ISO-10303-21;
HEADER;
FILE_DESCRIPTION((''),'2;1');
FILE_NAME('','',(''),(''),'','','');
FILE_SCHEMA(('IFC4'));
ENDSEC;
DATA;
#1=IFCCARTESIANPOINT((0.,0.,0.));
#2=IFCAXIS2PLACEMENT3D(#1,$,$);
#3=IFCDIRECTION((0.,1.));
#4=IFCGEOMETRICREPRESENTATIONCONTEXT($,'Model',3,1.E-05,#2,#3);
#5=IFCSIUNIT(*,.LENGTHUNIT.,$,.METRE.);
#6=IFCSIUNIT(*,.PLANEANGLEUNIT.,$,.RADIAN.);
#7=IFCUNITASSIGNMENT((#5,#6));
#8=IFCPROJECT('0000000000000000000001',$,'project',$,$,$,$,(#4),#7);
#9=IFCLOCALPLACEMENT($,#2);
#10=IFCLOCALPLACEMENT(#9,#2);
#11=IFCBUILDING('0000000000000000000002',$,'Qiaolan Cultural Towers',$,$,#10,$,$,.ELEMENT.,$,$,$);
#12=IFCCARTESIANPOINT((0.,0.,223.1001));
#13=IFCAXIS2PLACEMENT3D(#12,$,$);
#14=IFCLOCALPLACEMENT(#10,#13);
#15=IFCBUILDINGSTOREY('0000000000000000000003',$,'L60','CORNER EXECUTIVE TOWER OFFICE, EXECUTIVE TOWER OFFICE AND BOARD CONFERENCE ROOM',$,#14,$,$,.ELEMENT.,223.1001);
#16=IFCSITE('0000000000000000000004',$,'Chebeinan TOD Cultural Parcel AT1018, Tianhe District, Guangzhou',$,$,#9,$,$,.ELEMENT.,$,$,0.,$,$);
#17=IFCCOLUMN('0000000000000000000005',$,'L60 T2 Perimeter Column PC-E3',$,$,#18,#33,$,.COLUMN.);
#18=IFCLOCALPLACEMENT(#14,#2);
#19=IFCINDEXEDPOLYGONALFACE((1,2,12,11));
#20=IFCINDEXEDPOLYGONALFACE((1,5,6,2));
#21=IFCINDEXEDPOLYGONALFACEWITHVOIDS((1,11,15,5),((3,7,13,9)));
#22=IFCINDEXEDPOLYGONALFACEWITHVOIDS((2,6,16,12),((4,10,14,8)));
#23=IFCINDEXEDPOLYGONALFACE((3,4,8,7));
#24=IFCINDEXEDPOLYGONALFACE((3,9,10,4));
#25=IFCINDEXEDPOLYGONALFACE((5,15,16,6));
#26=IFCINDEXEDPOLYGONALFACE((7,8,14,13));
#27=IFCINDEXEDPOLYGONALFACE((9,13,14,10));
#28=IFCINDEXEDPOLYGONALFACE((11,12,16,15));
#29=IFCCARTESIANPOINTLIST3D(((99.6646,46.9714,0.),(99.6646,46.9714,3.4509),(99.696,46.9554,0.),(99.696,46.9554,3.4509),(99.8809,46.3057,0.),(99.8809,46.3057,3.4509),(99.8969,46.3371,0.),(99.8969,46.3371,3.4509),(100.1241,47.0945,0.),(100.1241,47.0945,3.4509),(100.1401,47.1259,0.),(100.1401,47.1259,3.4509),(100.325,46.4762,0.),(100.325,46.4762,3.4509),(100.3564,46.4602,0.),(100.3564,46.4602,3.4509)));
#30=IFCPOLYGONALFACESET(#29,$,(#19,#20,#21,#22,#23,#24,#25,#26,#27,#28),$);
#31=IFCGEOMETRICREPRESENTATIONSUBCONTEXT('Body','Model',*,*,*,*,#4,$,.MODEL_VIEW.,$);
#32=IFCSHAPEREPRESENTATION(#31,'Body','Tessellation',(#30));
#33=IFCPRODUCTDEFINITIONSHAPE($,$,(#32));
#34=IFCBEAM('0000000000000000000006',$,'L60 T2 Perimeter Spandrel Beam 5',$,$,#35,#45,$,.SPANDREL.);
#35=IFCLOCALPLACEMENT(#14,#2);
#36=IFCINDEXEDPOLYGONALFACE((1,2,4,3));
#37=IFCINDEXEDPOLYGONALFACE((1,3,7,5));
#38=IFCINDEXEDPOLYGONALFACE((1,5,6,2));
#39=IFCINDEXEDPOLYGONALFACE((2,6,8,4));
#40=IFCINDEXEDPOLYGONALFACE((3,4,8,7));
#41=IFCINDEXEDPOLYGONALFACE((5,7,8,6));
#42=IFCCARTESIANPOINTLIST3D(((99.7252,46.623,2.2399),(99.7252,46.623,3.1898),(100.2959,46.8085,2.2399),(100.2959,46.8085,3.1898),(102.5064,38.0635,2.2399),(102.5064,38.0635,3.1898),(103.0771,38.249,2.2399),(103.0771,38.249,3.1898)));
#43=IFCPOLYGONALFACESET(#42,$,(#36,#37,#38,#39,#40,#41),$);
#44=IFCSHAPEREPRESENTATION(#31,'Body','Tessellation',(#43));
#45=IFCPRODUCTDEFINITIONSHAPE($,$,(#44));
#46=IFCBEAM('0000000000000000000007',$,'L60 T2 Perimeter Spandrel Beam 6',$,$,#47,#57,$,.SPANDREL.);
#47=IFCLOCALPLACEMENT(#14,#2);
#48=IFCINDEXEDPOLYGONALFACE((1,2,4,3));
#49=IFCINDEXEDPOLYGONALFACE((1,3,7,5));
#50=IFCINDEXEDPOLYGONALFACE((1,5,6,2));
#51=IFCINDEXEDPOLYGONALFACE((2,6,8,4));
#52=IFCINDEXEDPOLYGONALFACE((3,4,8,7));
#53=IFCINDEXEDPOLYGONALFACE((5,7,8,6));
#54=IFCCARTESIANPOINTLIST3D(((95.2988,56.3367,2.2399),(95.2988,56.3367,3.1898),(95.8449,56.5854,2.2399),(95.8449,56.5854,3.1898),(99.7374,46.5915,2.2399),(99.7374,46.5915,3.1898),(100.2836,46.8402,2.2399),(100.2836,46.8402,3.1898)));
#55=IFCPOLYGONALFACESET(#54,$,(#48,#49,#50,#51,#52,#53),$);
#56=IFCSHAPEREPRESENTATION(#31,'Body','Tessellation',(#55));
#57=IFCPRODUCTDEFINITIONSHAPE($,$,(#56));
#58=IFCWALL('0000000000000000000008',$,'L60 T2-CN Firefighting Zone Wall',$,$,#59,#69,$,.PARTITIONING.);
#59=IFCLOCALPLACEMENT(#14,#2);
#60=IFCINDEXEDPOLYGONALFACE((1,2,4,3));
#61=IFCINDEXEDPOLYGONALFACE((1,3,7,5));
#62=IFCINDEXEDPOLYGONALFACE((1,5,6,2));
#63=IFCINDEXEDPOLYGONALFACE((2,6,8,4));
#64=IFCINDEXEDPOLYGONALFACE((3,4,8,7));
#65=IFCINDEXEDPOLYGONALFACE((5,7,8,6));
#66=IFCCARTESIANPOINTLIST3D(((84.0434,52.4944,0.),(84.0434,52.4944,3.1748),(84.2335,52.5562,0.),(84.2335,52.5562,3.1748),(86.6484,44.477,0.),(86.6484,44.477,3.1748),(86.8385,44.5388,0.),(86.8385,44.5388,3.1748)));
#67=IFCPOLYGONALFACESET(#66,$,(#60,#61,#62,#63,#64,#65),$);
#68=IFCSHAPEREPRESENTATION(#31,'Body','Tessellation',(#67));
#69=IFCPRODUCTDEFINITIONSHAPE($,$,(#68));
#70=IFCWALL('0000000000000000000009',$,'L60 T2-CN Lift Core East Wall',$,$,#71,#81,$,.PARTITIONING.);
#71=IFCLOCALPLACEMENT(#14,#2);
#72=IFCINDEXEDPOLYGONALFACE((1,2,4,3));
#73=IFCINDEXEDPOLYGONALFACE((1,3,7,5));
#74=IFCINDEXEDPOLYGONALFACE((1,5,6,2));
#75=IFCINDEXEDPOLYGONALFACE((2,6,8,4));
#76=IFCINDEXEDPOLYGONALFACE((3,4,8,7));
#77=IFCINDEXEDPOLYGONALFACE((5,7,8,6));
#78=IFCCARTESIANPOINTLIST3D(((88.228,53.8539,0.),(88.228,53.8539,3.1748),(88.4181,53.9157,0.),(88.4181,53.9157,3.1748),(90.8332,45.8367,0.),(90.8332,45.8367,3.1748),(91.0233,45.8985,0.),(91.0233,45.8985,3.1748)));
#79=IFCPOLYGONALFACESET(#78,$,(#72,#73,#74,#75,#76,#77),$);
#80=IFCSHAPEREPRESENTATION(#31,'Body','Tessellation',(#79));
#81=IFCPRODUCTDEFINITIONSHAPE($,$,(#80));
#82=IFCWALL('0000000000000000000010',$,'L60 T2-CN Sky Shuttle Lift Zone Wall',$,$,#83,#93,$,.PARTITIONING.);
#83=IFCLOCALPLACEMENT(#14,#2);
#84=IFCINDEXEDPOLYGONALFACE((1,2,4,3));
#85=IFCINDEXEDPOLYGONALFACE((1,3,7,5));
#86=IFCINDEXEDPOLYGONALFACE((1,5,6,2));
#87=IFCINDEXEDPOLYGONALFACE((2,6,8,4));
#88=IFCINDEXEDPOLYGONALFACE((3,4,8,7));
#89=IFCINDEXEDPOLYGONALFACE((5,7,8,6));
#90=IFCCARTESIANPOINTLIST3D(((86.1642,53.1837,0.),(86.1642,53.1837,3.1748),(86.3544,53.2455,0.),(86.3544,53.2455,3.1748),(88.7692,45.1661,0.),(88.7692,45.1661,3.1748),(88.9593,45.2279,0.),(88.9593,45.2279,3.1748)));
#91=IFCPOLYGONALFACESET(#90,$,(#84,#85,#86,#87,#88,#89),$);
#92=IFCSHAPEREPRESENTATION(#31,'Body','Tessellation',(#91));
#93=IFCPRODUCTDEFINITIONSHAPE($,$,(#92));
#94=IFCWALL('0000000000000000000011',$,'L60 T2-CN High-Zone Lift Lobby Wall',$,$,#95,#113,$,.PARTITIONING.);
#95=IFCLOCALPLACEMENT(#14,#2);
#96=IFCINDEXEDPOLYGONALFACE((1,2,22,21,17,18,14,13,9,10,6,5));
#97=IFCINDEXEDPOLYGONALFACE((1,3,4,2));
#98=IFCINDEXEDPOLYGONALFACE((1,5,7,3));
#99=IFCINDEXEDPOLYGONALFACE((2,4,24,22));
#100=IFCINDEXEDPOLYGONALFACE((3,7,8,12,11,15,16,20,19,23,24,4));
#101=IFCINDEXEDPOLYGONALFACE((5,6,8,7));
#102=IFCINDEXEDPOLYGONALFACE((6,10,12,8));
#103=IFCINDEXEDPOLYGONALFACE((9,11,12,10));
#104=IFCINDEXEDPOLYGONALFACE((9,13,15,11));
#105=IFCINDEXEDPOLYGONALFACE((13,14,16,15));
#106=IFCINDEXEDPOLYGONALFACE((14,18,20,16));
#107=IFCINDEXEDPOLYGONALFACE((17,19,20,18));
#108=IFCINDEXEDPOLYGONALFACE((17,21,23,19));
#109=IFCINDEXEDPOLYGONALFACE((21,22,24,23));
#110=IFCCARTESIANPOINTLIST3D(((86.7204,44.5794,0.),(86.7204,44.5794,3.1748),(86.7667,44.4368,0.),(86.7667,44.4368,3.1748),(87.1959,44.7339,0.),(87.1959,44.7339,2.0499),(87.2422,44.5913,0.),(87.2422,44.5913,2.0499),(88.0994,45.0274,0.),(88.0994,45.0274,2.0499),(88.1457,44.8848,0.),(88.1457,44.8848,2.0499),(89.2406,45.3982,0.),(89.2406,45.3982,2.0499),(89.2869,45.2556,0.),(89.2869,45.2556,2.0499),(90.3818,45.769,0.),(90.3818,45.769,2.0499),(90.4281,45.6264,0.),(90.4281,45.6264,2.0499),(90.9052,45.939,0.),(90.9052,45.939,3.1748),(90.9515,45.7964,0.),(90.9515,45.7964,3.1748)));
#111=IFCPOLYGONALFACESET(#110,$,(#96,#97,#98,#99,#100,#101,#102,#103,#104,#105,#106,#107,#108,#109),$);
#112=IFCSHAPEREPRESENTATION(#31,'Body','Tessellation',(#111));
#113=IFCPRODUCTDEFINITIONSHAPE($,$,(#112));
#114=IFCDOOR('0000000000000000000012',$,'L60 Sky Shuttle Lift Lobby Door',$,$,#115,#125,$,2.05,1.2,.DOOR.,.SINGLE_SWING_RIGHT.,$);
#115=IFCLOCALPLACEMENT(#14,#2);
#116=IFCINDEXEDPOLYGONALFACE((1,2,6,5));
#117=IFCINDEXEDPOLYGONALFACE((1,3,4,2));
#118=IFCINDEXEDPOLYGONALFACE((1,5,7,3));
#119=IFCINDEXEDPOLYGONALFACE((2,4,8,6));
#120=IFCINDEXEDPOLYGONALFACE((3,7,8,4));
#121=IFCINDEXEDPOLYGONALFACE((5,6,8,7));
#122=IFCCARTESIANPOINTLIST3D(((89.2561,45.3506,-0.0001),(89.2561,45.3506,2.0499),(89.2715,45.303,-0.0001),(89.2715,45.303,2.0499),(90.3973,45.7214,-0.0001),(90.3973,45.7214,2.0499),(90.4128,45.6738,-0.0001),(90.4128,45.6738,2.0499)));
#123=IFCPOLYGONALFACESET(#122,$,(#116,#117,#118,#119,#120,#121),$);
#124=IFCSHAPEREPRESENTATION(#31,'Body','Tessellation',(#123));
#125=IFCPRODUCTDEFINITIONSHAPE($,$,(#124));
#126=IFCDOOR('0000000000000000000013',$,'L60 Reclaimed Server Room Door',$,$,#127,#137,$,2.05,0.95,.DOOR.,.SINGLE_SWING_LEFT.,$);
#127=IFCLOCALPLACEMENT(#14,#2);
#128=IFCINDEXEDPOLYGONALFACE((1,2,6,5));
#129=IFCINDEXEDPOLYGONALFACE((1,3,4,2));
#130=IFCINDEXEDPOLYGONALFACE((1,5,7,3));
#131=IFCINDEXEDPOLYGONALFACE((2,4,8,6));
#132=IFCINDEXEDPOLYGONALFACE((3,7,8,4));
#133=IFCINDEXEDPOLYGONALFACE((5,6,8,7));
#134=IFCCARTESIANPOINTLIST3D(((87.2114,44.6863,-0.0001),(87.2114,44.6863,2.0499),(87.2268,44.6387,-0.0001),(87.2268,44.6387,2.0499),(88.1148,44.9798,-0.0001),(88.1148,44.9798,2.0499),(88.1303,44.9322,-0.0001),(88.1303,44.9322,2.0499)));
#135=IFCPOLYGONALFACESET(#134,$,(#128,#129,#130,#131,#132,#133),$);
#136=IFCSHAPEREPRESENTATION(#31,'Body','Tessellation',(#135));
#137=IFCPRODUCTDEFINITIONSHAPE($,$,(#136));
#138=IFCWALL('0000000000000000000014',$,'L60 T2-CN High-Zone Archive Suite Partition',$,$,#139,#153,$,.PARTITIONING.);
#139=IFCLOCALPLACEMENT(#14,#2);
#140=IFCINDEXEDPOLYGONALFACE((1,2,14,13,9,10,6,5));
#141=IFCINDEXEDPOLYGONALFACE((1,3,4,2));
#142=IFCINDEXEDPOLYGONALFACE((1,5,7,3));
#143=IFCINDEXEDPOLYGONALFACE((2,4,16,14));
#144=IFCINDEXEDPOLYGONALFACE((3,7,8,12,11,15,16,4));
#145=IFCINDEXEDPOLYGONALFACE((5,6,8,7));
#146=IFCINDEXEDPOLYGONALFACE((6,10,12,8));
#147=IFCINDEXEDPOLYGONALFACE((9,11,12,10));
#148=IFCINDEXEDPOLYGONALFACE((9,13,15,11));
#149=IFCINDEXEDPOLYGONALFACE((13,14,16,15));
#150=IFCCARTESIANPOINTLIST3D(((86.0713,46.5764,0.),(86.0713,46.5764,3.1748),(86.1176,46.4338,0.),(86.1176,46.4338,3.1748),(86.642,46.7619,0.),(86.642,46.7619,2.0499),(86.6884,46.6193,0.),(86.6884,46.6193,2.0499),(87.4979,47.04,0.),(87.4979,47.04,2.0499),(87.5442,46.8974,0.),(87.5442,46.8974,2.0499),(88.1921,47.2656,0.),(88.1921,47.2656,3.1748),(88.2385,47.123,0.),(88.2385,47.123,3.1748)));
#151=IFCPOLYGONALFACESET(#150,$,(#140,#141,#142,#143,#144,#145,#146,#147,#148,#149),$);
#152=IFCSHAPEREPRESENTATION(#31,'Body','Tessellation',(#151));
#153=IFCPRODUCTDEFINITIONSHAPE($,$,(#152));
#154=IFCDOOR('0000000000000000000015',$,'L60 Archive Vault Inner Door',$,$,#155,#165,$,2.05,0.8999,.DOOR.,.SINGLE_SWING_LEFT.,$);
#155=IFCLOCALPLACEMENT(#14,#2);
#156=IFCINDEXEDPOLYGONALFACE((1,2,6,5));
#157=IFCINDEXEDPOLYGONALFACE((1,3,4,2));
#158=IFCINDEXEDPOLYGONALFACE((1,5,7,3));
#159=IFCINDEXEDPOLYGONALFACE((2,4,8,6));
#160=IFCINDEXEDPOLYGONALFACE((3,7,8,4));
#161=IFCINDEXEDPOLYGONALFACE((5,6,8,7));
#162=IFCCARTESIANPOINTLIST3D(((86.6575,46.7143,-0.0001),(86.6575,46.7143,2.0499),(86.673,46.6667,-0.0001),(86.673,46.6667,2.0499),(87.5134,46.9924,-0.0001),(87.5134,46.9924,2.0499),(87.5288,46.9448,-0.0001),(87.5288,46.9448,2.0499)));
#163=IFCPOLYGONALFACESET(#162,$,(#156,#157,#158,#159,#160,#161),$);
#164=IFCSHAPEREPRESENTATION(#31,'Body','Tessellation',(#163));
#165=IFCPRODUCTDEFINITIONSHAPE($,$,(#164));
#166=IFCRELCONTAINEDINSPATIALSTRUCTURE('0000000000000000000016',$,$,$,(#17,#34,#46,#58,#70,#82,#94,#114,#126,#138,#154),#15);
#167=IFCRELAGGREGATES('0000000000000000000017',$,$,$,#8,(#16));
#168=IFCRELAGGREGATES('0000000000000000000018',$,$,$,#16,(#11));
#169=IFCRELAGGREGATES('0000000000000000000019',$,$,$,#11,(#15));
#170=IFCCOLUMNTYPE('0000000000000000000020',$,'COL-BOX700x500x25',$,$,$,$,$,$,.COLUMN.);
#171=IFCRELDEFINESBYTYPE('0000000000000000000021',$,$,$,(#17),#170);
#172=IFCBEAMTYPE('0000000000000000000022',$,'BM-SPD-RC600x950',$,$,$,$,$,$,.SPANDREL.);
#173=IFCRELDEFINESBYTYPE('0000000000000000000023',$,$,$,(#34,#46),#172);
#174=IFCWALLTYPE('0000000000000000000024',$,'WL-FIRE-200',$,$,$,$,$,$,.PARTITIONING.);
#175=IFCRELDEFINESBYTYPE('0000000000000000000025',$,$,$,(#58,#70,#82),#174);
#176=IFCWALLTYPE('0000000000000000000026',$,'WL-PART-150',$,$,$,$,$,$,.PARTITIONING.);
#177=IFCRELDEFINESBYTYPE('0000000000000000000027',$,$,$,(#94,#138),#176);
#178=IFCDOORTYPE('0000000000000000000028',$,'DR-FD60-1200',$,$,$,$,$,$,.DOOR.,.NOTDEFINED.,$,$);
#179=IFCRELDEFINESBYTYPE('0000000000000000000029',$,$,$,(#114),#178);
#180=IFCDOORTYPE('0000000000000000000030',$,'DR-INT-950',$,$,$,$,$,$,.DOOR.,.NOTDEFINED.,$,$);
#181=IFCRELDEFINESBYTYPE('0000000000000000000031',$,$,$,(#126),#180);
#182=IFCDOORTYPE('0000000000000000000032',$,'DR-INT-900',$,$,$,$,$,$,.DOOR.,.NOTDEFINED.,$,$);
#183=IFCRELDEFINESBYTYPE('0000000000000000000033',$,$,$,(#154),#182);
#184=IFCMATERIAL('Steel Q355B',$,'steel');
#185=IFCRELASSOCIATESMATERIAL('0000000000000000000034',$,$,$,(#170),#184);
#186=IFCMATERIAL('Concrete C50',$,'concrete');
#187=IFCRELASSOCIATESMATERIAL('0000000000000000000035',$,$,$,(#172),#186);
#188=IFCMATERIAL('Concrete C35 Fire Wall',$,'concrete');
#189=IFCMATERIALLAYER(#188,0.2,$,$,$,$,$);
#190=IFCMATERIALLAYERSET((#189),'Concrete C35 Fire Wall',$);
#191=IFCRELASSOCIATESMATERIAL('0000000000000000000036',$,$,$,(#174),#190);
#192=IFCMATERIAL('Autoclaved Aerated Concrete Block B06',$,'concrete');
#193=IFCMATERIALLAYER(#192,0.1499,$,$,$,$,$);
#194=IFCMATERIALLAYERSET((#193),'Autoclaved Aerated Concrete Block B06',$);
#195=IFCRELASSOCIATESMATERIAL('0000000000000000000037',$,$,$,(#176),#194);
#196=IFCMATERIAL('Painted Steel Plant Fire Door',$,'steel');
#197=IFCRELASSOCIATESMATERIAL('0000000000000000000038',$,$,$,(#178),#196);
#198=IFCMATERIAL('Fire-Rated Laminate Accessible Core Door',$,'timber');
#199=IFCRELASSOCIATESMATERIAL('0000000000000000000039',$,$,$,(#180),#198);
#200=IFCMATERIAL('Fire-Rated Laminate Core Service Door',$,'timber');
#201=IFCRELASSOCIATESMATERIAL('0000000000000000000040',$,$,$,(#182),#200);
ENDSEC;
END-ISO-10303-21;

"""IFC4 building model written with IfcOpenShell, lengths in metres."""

from ifc_helpers import new_model, si_unit, direction, frame, frame_2d, origin, origin_2d, place, context, subcontext, project, spatial, rectangle, hollow_rectangle, extrude, material, layer, layer_set, material_profile, profile_set, type_object, element, fill, save


model = new_model("IFC4")

# Units and contexts
model_context = context("Model", 3, precision=1e-05, world=origin(), true_north=direction((0.0, 1.0)))
body_context = subcontext(model_context, "Body", "Model", "MODEL_VIEW")
ifc_project = project(units=[si_unit("LENGTHUNIT", "METRE"), si_unit("PLANEANGLEUNIT", "RADIAN")], contexts=[model_context])

# Site, building, storey
site_placement = place(None, origin())
site = spatial("IfcSite", under=ifc_project, at=site_placement, Name="Chebeinan TOD Cultural Parcel AT1018, Tianhe District, Guangzhou", CompositionType="ELEMENT", RefElevation=0.0)
building_placement = place(site_placement, origin())
building = spatial("IfcBuilding", under=site, at=building_placement, Name="Qiaolan Cultural Towers", CompositionType="ELEMENT")
storey_placement = place(building_placement, frame((0.0, 0.0, 223.1001)))
storey = spatial("IfcBuildingStorey", under=building, at=storey_placement, Name="L60", Description="CORNER EXECUTIVE TOWER OFFICE, EXECUTIVE TOWER OFFICE AND BOARD CONFERENCE ROOM", CompositionType="ELEMENT", Elevation=223.1001)

# Column
ifc_material_1 = material(Name="Steel Q355B", Category="steel")
ifc_material_profile_1 = material_profile(ifc_material_1, hollow_rectangle(XDim=0.5, YDim=0.7, WallThickness=0.0249, at=origin_2d()), Name="BOX700x500x25")
ifc_profile_set_1 = profile_set([ifc_material_profile_1], Name="Steel Q355B")
column_type = type_object("IfcColumnType", Name="COL-BOX700x500x25", PredefinedType="COLUMN", material=ifc_profile_set_1)
column_placement = place(storey_placement, frame((100.0105, 46.7158, 0.0), z_axis=(0.0, 0.0, 1.0), x_axis=(0.951057, 0.309017, 0.0)))
element("IfcColumn", 1, at=column_placement, inside=storey, type_object=column_type, Name="L60 T2 Perimeter Column PC-E3", PredefinedType="COLUMN", context=body_context, shape_type="SweptSolid", body=[
    extrude(hollow_rectangle(XDim=0.5, YDim=0.7, WallThickness=0.0249, at=origin_2d()), origin(), (0.0, 0.0, 1.0), 3.4509),
])

# Beams
ifc_material_2 = material(Name="Concrete C50", Category="concrete")
ifc_material_profile_2 = material_profile(ifc_material_2, rectangle(XDim=0.6001, YDim=0.95, at=origin_2d()), Name="RC600x950")
ifc_profile_set_2 = profile_set([ifc_material_profile_2], Name="Concrete C50")
beam_type = type_object("IfcBeamType", Name="BM-SPD-RC600x950", PredefinedType="SPANDREL", material=ifc_profile_set_2)
beam_1_placement = place(storey_placement, frame((102.7917, 38.1562, 2.7148), z_axis=(-0.309025, 0.951054, 0.0), x_axis=(-0.951054, -0.309025, 0.0)))
element("IfcBeam", 2, at=beam_1_placement, inside=storey, type_object=beam_type, Name="L60 T2 Perimeter Spandrel Beam 5", PredefinedType="SPANDREL", context=body_context, shape_type="SweptSolid", body=[
    extrude(rectangle(XDim=0.6001, YDim=0.95, at=origin_2d()), origin(), (0.0, 0.0, 1.0), 9.0),
])
beam_2_placement = place(storey_placement, frame((100.0105, 46.7158, 2.7148), z_axis=(-0.4145, 0.910049, 0.0), x_axis=(-0.910049, -0.4145, 0.0)))
element("IfcBeam", 3, at=beam_2_placement, inside=storey, type_object=beam_type, Name="L60 T2 Perimeter Spandrel Beam 6", PredefinedType="SPANDREL", context=body_context, shape_type="SweptSolid", body=[
    extrude(rectangle(XDim=0.6001, YDim=0.95, at=origin_2d()), origin(), (0.0, 0.0, 1.0), 10.7085),
])

# Walls
ifc_material_3 = material(Name="Concrete C35 Fire Wall", Category="concrete")
ifc_layer_1 = layer(ifc_material_3, 0.2)
ifc_layer_set_1 = layer_set([ifc_layer_1], Name="Concrete C35 Fire Wall")
wall_type_1 = type_object("IfcWallType", Name="WL-FIRE-200", PredefinedType="PARTITIONING", material=ifc_layer_set_1)
for number, where, z_axis, x_axis, name in (
    (4, (86.7434, 44.5081, 0.0), (0.0, 0.0, 1.0), (-0.309016, 0.951057, 0.0), "L60 T2-CN Firefighting Zone Wall"),
    (5, (90.9282, 45.8677, 0.0), (0.0, 0.0, 1.0), (-0.309042, 0.951048, 0.0), "L60 T2-CN Lift Core East Wall"),
):
    element("IfcWall", number, at=place(storey_placement, frame(where, z_axis=z_axis, x_axis=x_axis)), inside=storey, type_object=wall_type_1, Name=name, PredefinedType="PARTITIONING", context=body_context, shape_type="SweptSolid", body=[
        extrude(rectangle(XDim=8.4299, YDim=0.2, at=frame_2d((4.2148, 0.0))), origin(), (0.0, 0.0, 1.0), 3.1748),
    ])
wall_1_placement = place(storey_placement, frame((88.8643, 45.197, 0.0), z_axis=(0.0, 0.0, 1.0), x_axis=(-0.309007, 0.95106, 0.0)))
element("IfcWall", 6, at=wall_1_placement, inside=storey, type_object=wall_type_1, Name="L60 T2-CN Sky Shuttle Lift Zone Wall", PredefinedType="PARTITIONING", context=body_context, shape_type="SweptSolid", body=[
    extrude(rectangle(XDim=8.4302, YDim=0.2, at=frame_2d((4.2151, 0.0))), origin(), (0.0, 0.0, 1.0), 3.1748),
])

# Wall, openings, doors
ifc_material_4 = material(Name="Autoclaved Aerated Concrete Block B06", Category="concrete")
ifc_layer_2 = layer(ifc_material_4, 0.1499)
ifc_layer_set_2 = layer_set([ifc_layer_2], Name="Autoclaved Aerated Concrete Block B06")
wall_type_2 = type_object("IfcWallType", Name="WL-PART-150", PredefinedType="PARTITIONING", material=ifc_layer_set_2)
wall_2_placement = place(storey_placement, frame((86.7434, 44.5081, 0.0), z_axis=(0.0, 0.0, 1.0), x_axis=(0.951064, 0.308994, 0.0)))
wall_2 = element("IfcWall", 7, at=wall_2_placement, inside=storey, type_object=wall_type_2, Name="L60 T2-CN High-Zone Lift Lobby Wall", PredefinedType="PARTITIONING", context=body_context, shape_type="SweptSolid", body=[
    extrude(rectangle(XDim=4.4001, YDim=0.1499, at=frame_2d((2.2002, 0.0))), origin(), (0.0, 0.0, 1.0), 3.1748),
])
opening_1_placement = place(wall_2_placement, frame((0.5, 0.0, 0.0)))
opening_1 = element("IfcOpeningElement", 8, at=opening_1_placement, cuts=wall_2, PredefinedType="OPENING", context=body_context, shape_type="SweptSolid", body=[
    extrude(rectangle(XDim=0.95, YDim=2.05, at=frame_2d((0.4751, 1.0249))), frame((0.0, 0.085, 0.0), z_axis=(0.0, -1.0, 0.0), x_axis=(1.0, 0.0, 0.0)), (0.0, 0.0, 1.0), 0.1699),
])
opening_2_placement = place(wall_2_placement, frame((2.6499, 0.0, 0.0)))
opening_2 = element("IfcOpeningElement", 9, at=opening_2_placement, cuts=wall_2, PredefinedType="OPENING", context=body_context, shape_type="SweptSolid", body=[
    extrude(rectangle(XDim=1.2, YDim=2.05, at=frame_2d((0.6001, 1.0249))), frame((0.0, 0.085, 0.0), z_axis=(0.0, -1.0, 0.0), x_axis=(1.0, 0.0, 0.0)), (0.0, 0.0, 1.0), 0.1699),
])
ifc_material_5 = material(Name="Painted Steel Plant Fire Door", Category="steel")
door_type_1 = type_object("IfcDoorType", Name="DR-FD60-1200", OperationType="NOTDEFINED", PredefinedType="DOOR", material=ifc_material_5)
door_1_placement = place(opening_2_placement, origin())
door_1 = element("IfcDoor", 10, at=door_1_placement, inside=storey, type_object=door_type_1, Name="L60 Sky Shuttle Lift Lobby Door", OperationType="SINGLE_SWING_RIGHT", OverallHeight=2.05, OverallWidth=1.2, PredefinedType="DOOR", context=body_context, shape_type="SweptSolid", body=[
    extrude(rectangle(XDim=1.2, YDim=2.05, at=frame_2d((0.6001, 1.0249))), frame((0.0, 0.0249, 0.0), z_axis=(0.0, -1.0, 0.0), x_axis=(1.0, 0.0, 0.0)), (0.0, 0.0, 1.0), 0.05),
])
fill(opening_2, door_1)
ifc_material_6 = material(Name="Fire-Rated Laminate Accessible Core Door", Category="timber")
door_type_2 = type_object("IfcDoorType", Name="DR-INT-950", OperationType="NOTDEFINED", PredefinedType="DOOR", material=ifc_material_6)
door_2_placement = place(opening_1_placement, origin())
door_2 = element("IfcDoor", 11, at=door_2_placement, inside=storey, type_object=door_type_2, Name="L60 Reclaimed Server Room Door", OperationType="SINGLE_SWING_LEFT", OverallHeight=2.05, OverallWidth=0.95, PredefinedType="DOOR", context=body_context, shape_type="SweptSolid", body=[
    extrude(rectangle(XDim=0.95, YDim=2.05, at=frame_2d((0.4751, 1.0249))), frame((0.0, 0.0249, 0.0), z_axis=(0.0, -1.0, 0.0), x_axis=(1.0, 0.0, 0.0)), (0.0, 0.0, 1.0), 0.05),
])
fill(opening_1, door_2)

# Wall, opening, door
wall_3_placement = place(storey_placement, frame((86.0945, 46.5051, 0.0), z_axis=(0.0, 0.0, 1.0), x_axis=(0.951043, 0.309059, 0.0)))
wall_3 = element("IfcWall", 12, at=wall_3_placement, inside=storey, type_object=wall_type_2, Name="L60 T2-CN High-Zone Archive Suite Partition", PredefinedType="PARTITIONING", context=body_context, shape_type="SweptSolid", body=[
    extrude(rectangle(XDim=2.23, YDim=0.1499, at=frame_2d((1.115, 0.0))), origin(), (0.0, 0.0, 1.0), 3.1748),
])
opening_3_placement = place(wall_3_placement, frame((0.6001, 0.0, 0.0)))
opening_3 = element("IfcOpeningElement", 13, at=opening_3_placement, cuts=wall_3, PredefinedType="OPENING", context=body_context, shape_type="SweptSolid", body=[
    extrude(rectangle(XDim=0.8999, YDim=2.05, at=frame_2d((0.45, 1.0249))), frame((0.0, 0.085, 0.0), z_axis=(0.0, -1.0, 0.0), x_axis=(1.0, 0.0, 0.0)), (0.0, 0.0, 1.0), 0.1699),
])
ifc_material_7 = material(Name="Fire-Rated Laminate Core Service Door", Category="timber")
door_type_3 = type_object("IfcDoorType", Name="DR-INT-900", OperationType="NOTDEFINED", PredefinedType="DOOR", material=ifc_material_7)
door_3_placement = place(opening_3_placement, origin())
door_3 = element("IfcDoor", 14, at=door_3_placement, inside=storey, type_object=door_type_3, Name="L60 Archive Vault Inner Door", OperationType="SINGLE_SWING_LEFT", OverallHeight=2.05, OverallWidth=0.8999, PredefinedType="DOOR", context=body_context, shape_type="SweptSolid", body=[
    extrude(rectangle(XDim=0.8999, YDim=2.05, at=frame_2d((0.45, 1.0249))), frame((0.0, 0.0249, 0.0), z_axis=(0.0, -1.0, 0.0), x_axis=(1.0, 0.0, 0.0)), (0.0, 0.0, 1.0), 0.05),
])
fill(opening_3, door_3)

save(model, "model.ifc")
